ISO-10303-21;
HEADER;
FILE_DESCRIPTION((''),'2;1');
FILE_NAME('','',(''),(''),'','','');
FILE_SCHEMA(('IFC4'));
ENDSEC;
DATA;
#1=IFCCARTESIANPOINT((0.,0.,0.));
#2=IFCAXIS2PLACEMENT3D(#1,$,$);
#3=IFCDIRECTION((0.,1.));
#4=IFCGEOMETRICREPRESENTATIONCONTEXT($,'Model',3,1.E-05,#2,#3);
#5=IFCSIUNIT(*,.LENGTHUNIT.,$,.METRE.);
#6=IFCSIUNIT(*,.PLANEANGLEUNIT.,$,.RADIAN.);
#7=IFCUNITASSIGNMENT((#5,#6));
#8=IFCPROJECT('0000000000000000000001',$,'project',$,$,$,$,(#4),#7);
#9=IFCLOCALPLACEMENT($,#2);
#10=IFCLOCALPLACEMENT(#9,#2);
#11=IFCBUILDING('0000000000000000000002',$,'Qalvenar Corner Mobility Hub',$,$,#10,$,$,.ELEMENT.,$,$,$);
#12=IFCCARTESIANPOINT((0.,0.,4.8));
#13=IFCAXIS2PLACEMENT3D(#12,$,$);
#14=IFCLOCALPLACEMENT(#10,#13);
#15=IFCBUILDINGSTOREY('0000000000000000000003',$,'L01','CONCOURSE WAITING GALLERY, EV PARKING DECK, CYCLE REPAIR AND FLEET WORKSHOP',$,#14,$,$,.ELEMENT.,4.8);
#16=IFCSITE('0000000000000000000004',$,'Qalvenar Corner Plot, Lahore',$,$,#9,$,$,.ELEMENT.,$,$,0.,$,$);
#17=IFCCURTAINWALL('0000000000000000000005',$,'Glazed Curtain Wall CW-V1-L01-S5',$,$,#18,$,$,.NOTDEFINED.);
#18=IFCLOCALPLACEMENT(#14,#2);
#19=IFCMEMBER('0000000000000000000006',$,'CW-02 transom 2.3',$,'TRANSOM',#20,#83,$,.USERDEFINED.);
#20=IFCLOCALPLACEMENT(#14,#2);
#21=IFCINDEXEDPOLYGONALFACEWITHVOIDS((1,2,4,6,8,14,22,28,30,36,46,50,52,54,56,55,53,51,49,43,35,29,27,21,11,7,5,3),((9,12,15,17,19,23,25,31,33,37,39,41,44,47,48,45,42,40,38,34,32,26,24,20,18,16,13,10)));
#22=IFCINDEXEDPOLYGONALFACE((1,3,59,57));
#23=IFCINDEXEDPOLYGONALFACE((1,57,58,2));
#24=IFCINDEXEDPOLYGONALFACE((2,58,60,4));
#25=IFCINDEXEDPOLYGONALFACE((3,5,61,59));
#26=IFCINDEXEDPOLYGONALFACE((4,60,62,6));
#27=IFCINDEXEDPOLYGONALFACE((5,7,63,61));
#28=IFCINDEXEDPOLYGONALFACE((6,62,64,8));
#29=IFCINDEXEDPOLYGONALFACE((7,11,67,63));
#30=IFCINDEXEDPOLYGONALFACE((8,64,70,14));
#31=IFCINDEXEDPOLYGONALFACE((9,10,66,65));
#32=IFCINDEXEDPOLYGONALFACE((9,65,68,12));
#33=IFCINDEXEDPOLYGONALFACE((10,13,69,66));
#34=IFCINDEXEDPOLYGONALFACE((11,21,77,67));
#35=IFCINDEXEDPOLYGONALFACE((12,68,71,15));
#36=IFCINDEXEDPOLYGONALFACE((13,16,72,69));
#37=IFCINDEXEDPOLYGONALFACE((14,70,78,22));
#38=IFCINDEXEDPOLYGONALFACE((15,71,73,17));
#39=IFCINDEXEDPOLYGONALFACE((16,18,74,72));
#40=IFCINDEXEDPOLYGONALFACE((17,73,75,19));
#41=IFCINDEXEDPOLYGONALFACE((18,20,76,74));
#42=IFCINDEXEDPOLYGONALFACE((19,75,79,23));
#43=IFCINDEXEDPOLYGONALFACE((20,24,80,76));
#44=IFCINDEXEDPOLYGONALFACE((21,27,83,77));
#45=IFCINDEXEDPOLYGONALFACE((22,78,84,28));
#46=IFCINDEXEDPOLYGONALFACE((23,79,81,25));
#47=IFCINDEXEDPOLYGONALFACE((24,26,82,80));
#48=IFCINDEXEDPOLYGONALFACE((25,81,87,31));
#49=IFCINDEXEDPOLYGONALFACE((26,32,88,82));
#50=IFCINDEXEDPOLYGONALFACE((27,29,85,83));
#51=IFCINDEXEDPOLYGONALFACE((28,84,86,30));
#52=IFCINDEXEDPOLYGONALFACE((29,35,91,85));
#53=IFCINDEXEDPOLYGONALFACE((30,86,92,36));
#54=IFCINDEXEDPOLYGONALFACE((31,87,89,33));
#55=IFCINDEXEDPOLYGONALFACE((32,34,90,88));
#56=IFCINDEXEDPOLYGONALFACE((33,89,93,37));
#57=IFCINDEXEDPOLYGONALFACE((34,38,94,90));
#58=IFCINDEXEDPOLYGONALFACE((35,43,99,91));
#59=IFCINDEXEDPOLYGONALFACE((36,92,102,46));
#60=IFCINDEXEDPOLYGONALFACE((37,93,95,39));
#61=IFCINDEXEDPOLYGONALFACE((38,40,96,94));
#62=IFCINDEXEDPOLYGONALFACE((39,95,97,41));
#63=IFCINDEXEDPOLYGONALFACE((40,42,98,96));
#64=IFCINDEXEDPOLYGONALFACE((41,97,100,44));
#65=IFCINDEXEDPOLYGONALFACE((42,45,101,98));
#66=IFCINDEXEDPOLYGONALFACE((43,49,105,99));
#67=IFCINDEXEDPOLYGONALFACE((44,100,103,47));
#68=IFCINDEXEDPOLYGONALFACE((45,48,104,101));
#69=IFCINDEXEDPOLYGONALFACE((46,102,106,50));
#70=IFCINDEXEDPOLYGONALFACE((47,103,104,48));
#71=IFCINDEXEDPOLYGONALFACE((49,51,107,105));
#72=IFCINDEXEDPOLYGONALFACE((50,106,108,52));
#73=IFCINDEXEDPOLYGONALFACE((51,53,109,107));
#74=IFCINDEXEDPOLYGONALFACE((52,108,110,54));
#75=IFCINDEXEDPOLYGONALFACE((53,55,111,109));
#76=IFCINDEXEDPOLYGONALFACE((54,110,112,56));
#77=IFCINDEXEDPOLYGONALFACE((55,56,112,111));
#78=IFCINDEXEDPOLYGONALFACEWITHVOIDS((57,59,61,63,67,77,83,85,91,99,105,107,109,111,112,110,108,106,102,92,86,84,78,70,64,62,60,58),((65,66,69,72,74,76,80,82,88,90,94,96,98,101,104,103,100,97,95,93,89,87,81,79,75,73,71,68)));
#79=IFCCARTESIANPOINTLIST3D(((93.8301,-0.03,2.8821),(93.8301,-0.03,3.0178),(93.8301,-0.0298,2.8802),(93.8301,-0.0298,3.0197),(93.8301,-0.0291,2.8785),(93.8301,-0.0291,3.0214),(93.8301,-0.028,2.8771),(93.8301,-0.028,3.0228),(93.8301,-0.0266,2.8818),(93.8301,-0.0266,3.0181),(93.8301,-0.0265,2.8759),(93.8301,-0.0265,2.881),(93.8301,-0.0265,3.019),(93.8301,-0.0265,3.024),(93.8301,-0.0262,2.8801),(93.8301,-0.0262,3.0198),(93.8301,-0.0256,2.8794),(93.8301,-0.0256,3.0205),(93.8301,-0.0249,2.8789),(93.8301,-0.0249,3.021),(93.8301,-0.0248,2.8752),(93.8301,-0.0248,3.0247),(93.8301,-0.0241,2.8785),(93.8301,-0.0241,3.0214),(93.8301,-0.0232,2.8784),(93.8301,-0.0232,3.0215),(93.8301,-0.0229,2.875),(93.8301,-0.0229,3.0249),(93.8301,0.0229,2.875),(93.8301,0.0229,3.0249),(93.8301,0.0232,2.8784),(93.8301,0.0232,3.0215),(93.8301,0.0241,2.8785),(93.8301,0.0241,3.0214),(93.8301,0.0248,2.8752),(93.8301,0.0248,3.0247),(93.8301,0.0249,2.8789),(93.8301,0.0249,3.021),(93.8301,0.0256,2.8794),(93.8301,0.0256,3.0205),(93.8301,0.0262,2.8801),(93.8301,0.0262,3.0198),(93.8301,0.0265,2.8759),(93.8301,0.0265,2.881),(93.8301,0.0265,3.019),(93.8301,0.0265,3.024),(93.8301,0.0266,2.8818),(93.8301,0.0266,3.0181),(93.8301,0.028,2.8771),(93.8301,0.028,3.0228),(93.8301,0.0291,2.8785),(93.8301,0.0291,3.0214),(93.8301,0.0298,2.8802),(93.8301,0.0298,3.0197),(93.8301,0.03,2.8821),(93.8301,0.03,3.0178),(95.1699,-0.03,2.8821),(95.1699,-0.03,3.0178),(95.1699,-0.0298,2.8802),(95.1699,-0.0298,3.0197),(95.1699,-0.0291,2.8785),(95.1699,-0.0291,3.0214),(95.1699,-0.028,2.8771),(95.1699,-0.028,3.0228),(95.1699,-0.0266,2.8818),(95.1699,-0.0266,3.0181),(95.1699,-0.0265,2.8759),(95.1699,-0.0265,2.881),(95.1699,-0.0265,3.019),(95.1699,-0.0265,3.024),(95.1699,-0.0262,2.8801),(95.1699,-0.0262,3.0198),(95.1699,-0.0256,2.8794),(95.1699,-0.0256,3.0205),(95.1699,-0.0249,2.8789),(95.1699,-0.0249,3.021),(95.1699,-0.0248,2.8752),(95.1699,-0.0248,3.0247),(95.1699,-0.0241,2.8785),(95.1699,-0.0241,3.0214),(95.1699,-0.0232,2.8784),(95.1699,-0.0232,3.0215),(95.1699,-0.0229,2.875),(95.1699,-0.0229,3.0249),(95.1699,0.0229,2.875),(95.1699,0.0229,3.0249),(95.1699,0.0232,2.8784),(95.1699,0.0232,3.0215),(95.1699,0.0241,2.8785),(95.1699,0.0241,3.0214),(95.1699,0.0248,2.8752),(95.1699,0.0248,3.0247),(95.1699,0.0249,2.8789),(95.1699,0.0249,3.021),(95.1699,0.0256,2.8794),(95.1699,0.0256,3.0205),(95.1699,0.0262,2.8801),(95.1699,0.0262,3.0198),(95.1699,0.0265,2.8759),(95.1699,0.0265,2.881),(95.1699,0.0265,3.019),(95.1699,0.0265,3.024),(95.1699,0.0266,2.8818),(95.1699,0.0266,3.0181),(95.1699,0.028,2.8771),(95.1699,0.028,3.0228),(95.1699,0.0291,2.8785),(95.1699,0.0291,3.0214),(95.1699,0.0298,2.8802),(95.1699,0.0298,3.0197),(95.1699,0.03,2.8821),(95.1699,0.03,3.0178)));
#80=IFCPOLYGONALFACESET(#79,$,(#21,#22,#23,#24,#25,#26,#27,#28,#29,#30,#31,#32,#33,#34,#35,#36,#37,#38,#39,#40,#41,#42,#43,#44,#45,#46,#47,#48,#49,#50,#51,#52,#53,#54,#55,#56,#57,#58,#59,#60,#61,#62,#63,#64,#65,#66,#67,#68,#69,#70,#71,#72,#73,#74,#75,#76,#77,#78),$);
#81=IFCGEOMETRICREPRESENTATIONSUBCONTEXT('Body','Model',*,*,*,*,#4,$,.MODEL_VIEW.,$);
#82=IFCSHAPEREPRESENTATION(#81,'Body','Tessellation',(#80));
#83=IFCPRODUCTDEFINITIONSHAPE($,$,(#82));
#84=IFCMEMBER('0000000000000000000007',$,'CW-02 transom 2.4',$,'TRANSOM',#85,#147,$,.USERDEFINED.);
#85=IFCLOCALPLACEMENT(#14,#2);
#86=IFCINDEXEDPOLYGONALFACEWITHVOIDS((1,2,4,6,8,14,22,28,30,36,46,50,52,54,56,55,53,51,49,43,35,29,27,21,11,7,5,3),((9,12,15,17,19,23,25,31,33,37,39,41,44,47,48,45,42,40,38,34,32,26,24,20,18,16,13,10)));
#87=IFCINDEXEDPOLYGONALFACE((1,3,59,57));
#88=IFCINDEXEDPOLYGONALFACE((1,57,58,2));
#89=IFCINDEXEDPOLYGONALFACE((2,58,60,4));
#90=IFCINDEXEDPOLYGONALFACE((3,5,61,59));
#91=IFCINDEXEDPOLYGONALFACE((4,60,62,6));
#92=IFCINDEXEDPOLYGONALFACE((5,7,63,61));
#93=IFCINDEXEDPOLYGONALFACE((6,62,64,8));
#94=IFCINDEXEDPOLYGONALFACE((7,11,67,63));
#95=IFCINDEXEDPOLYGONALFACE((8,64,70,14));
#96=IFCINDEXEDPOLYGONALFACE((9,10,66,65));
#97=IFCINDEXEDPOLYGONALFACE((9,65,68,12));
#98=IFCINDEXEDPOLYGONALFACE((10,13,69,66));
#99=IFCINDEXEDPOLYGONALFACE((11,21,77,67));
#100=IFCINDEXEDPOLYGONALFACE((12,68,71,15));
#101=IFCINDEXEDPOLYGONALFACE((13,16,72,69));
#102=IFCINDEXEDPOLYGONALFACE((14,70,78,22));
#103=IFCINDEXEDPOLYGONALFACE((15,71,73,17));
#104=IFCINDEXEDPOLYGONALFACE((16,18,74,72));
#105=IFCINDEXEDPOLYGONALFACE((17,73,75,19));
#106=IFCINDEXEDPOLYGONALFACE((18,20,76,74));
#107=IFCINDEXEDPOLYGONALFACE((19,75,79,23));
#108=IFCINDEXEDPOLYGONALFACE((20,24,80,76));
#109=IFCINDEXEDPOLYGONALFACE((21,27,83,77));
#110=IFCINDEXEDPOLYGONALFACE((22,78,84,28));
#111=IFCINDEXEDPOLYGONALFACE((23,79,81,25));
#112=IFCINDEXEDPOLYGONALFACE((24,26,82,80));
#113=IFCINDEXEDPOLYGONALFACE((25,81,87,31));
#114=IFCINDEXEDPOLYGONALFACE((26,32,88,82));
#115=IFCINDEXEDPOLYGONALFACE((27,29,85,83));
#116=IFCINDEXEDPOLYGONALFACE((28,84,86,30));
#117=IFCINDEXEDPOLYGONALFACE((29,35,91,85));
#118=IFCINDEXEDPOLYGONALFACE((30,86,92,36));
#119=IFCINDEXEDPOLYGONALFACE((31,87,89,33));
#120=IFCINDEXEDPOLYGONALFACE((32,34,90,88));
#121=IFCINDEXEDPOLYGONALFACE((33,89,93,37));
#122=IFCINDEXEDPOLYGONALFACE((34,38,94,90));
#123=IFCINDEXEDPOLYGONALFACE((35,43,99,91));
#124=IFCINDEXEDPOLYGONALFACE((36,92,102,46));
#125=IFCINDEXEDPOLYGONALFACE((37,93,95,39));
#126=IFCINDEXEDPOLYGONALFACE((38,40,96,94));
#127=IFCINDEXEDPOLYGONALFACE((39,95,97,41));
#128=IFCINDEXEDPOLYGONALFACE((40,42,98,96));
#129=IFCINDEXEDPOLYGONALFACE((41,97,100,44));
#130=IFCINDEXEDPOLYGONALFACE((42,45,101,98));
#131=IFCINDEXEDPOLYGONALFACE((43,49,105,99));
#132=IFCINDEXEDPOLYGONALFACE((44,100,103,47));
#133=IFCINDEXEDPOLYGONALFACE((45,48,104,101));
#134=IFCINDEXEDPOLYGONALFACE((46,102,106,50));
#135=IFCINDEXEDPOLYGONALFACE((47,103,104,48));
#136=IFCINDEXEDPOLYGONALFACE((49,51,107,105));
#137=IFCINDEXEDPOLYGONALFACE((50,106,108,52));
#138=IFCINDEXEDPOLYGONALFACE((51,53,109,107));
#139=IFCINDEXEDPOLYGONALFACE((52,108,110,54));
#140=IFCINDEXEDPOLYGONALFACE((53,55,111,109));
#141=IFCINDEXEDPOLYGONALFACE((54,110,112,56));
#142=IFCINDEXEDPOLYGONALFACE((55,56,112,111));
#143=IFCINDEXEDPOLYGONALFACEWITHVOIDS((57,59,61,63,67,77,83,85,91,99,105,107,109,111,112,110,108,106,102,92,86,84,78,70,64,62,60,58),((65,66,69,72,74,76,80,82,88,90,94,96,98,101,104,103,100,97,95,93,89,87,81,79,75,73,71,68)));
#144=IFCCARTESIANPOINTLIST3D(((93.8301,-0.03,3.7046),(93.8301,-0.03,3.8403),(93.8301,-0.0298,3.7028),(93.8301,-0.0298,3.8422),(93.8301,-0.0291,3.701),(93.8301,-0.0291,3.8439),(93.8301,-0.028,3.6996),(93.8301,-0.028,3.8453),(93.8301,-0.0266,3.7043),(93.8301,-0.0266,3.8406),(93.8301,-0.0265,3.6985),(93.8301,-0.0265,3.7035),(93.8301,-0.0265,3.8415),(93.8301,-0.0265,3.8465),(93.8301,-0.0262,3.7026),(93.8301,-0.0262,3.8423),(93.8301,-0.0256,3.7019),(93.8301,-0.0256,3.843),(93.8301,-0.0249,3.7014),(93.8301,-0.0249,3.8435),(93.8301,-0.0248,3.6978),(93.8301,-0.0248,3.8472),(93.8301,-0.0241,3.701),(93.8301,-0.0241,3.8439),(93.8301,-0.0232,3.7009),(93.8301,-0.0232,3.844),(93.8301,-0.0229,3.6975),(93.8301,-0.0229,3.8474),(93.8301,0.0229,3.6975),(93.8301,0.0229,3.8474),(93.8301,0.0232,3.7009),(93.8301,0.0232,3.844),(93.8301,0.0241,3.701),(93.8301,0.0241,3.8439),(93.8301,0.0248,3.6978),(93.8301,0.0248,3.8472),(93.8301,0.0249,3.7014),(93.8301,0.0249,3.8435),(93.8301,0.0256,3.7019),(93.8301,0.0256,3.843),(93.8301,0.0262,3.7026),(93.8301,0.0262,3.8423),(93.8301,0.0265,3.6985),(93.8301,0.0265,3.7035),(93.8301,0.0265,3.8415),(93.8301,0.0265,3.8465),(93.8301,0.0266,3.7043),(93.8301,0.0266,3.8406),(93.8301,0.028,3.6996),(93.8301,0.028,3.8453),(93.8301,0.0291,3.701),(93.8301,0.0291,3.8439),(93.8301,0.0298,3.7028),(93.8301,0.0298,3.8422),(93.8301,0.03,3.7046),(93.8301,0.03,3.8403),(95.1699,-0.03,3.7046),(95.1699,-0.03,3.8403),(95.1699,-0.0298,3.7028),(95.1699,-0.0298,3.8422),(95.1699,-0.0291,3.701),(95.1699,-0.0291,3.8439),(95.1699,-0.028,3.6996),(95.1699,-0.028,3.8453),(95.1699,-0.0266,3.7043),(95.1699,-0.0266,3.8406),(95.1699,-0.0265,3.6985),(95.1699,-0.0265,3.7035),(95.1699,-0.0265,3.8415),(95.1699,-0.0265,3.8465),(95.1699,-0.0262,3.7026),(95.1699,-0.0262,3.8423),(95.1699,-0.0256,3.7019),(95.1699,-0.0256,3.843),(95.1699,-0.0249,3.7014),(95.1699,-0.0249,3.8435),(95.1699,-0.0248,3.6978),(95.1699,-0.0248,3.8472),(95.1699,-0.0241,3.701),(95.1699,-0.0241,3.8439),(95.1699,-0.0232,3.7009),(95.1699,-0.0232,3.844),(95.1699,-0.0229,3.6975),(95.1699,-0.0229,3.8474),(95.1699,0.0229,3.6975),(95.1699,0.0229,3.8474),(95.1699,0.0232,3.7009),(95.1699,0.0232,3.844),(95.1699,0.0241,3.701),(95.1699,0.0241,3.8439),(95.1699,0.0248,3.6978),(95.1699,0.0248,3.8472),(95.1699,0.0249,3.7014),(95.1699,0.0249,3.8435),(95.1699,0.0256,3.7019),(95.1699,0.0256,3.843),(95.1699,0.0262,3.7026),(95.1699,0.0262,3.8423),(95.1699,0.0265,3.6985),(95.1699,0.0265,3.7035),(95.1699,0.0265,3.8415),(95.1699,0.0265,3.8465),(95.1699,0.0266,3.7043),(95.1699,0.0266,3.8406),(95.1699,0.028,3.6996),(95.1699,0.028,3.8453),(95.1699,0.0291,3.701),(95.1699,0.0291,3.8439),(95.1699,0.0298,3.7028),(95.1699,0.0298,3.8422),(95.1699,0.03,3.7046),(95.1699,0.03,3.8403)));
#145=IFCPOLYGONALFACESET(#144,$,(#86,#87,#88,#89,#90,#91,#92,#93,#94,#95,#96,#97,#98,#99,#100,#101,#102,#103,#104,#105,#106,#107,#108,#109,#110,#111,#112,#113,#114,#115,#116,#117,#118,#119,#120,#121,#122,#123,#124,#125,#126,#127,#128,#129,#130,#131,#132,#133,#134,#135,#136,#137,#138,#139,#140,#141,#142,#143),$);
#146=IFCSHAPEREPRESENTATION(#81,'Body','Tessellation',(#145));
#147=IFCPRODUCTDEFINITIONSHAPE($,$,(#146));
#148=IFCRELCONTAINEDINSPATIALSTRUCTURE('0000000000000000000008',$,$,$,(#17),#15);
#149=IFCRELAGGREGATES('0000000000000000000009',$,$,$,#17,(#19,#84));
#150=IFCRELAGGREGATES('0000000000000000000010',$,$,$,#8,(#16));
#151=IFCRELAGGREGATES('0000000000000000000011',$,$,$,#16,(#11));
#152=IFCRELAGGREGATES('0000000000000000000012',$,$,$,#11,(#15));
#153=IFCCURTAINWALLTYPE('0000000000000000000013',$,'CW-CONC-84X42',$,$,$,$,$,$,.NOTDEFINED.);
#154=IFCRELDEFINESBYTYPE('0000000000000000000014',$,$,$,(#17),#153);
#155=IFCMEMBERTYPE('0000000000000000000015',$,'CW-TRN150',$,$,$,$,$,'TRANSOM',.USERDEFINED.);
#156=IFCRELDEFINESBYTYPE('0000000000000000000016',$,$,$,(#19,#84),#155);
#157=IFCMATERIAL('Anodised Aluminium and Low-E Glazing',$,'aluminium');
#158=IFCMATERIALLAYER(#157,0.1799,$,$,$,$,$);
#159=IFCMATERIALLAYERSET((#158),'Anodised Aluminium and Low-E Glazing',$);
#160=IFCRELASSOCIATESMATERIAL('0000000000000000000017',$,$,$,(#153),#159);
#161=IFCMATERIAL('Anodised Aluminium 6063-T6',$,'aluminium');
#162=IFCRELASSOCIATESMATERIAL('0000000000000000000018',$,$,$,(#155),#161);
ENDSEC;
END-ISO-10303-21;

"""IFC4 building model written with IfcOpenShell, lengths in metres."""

from ifc_helpers import new_model, si_unit, direction, frame, origin, origin_2d, place, context, subcontext, project, spatial, hollow_rectangle, extrude, material, layer, layer_set, material_profile, profile_set, type_object, element, aggregate, save


model = new_model("IFC4")

# Units and contexts
model_context = context("Model", 3, precision=1e-05, world=origin(), true_north=direction((0.0, 1.0)))
body_context = subcontext(model_context, "Body", "Model", "MODEL_VIEW")
ifc_project = project(units=[si_unit("LENGTHUNIT", "METRE"), si_unit("PLANEANGLEUNIT", "RADIAN")], contexts=[model_context])

# Site, building, storey
site_placement = place(None, origin())
site = spatial("IfcSite", under=ifc_project, at=site_placement, Name="Qalvenar Corner Plot, Lahore", CompositionType="ELEMENT", RefElevation=0.0)
building_placement = place(site_placement, origin())
building = spatial("IfcBuilding", under=site, at=building_placement, Name="Qalvenar Corner Mobility Hub", CompositionType="ELEMENT")
storey_placement = place(building_placement, frame((0.0, 0.0, 4.8)))
storey = spatial("IfcBuildingStorey", under=building, at=storey_placement, Name="L01", Description="CONCOURSE WAITING GALLERY, EV PARKING DECK, CYCLE REPAIR AND FLEET WORKSHOP", CompositionType="ELEMENT", Elevation=4.8)

# Shared definitions
ifc_material_1 = material(Name="Anodised Aluminium and Low-E Glazing", Category="aluminium")
ifc_layer_1 = layer(ifc_material_1, 0.1799)
ifc_layer_set_1 = layer_set([ifc_layer_1], Name="Anodised Aluminium and Low-E Glazing")
curtain_wall_type = type_object("IfcCurtainWallType", Name="CW-CONC-84X42", PredefinedType="NOTDEFINED", material=ifc_layer_set_1)
ifc_material_2 = material(Name="Anodised Aluminium 6063-T6", Category="aluminium")

# Curtain wall, members
curtain_wall_1_placement = place(storey_placement, origin())
curtain_wall_1 = element("IfcCurtainWall", 1, at=curtain_wall_1_placement, inside=storey, type_object=curtain_wall_type, Name="Glazed Curtain Wall CW-V1-L01-S5", PredefinedType="NOTDEFINED")
ifc_material_profile_1 = material_profile(ifc_material_2, hollow_rectangle(XDim=0.0601, YDim=0.1499, WallThickness=0.0034, InnerFilletRadius=0.0034, OuterFilletRadius=0.0071, at=origin_2d()), Name="RHS150x60x3.5")
ifc_profile_set_1 = profile_set([ifc_material_profile_1], Name="Anodised Aluminium 6063-T6")
member_type_1 = type_object("IfcMemberType", Name="CW-TRN150", ElementType="TRANSOM", PredefinedType="USERDEFINED", material=ifc_profile_set_1)
member_1_placement = place(storey_placement, frame((93.8301, 0.0, 2.95), z_axis=(1.0, 0.0, 0.0), x_axis=(0.0, 1.0, 0.0)))
member_1 = element("IfcMember", 2, at=member_1_placement, type_object=member_type_1, Name="CW-02 transom 2.3", ObjectType="TRANSOM", PredefinedType="USERDEFINED", context=body_context, shape_type="SweptSolid", body=[
    extrude(hollow_rectangle(XDim=0.0601, YDim=0.1499, WallThickness=0.0034, InnerFilletRadius=0.0034, OuterFilletRadius=0.0071, at=origin_2d()), origin(), (0.0, 0.0, 1.0), 1.3398),
])
member_2_placement = place(storey_placement, frame((93.8301, 0.0, 3.7725), z_axis=(1.0, 0.0, 0.0), x_axis=(0.0, 1.0, 0.0)))
member_2 = element("IfcMember", 3, at=member_2_placement, type_object=member_type_1, Name="CW-02 transom 2.4", ObjectType="TRANSOM", PredefinedType="USERDEFINED", context=body_context, shape_type="SweptSolid", body=[
    extrude(hollow_rectangle(XDim=0.0601, YDim=0.1499, WallThickness=0.0034, InnerFilletRadius=0.0034, OuterFilletRadius=0.0071, at=origin_2d()), origin(), (0.0, 0.0, 1.0), 1.3398),
])

aggregate(curtain_wall_1, [member_1, member_2])

save(model, "model.ifc")
